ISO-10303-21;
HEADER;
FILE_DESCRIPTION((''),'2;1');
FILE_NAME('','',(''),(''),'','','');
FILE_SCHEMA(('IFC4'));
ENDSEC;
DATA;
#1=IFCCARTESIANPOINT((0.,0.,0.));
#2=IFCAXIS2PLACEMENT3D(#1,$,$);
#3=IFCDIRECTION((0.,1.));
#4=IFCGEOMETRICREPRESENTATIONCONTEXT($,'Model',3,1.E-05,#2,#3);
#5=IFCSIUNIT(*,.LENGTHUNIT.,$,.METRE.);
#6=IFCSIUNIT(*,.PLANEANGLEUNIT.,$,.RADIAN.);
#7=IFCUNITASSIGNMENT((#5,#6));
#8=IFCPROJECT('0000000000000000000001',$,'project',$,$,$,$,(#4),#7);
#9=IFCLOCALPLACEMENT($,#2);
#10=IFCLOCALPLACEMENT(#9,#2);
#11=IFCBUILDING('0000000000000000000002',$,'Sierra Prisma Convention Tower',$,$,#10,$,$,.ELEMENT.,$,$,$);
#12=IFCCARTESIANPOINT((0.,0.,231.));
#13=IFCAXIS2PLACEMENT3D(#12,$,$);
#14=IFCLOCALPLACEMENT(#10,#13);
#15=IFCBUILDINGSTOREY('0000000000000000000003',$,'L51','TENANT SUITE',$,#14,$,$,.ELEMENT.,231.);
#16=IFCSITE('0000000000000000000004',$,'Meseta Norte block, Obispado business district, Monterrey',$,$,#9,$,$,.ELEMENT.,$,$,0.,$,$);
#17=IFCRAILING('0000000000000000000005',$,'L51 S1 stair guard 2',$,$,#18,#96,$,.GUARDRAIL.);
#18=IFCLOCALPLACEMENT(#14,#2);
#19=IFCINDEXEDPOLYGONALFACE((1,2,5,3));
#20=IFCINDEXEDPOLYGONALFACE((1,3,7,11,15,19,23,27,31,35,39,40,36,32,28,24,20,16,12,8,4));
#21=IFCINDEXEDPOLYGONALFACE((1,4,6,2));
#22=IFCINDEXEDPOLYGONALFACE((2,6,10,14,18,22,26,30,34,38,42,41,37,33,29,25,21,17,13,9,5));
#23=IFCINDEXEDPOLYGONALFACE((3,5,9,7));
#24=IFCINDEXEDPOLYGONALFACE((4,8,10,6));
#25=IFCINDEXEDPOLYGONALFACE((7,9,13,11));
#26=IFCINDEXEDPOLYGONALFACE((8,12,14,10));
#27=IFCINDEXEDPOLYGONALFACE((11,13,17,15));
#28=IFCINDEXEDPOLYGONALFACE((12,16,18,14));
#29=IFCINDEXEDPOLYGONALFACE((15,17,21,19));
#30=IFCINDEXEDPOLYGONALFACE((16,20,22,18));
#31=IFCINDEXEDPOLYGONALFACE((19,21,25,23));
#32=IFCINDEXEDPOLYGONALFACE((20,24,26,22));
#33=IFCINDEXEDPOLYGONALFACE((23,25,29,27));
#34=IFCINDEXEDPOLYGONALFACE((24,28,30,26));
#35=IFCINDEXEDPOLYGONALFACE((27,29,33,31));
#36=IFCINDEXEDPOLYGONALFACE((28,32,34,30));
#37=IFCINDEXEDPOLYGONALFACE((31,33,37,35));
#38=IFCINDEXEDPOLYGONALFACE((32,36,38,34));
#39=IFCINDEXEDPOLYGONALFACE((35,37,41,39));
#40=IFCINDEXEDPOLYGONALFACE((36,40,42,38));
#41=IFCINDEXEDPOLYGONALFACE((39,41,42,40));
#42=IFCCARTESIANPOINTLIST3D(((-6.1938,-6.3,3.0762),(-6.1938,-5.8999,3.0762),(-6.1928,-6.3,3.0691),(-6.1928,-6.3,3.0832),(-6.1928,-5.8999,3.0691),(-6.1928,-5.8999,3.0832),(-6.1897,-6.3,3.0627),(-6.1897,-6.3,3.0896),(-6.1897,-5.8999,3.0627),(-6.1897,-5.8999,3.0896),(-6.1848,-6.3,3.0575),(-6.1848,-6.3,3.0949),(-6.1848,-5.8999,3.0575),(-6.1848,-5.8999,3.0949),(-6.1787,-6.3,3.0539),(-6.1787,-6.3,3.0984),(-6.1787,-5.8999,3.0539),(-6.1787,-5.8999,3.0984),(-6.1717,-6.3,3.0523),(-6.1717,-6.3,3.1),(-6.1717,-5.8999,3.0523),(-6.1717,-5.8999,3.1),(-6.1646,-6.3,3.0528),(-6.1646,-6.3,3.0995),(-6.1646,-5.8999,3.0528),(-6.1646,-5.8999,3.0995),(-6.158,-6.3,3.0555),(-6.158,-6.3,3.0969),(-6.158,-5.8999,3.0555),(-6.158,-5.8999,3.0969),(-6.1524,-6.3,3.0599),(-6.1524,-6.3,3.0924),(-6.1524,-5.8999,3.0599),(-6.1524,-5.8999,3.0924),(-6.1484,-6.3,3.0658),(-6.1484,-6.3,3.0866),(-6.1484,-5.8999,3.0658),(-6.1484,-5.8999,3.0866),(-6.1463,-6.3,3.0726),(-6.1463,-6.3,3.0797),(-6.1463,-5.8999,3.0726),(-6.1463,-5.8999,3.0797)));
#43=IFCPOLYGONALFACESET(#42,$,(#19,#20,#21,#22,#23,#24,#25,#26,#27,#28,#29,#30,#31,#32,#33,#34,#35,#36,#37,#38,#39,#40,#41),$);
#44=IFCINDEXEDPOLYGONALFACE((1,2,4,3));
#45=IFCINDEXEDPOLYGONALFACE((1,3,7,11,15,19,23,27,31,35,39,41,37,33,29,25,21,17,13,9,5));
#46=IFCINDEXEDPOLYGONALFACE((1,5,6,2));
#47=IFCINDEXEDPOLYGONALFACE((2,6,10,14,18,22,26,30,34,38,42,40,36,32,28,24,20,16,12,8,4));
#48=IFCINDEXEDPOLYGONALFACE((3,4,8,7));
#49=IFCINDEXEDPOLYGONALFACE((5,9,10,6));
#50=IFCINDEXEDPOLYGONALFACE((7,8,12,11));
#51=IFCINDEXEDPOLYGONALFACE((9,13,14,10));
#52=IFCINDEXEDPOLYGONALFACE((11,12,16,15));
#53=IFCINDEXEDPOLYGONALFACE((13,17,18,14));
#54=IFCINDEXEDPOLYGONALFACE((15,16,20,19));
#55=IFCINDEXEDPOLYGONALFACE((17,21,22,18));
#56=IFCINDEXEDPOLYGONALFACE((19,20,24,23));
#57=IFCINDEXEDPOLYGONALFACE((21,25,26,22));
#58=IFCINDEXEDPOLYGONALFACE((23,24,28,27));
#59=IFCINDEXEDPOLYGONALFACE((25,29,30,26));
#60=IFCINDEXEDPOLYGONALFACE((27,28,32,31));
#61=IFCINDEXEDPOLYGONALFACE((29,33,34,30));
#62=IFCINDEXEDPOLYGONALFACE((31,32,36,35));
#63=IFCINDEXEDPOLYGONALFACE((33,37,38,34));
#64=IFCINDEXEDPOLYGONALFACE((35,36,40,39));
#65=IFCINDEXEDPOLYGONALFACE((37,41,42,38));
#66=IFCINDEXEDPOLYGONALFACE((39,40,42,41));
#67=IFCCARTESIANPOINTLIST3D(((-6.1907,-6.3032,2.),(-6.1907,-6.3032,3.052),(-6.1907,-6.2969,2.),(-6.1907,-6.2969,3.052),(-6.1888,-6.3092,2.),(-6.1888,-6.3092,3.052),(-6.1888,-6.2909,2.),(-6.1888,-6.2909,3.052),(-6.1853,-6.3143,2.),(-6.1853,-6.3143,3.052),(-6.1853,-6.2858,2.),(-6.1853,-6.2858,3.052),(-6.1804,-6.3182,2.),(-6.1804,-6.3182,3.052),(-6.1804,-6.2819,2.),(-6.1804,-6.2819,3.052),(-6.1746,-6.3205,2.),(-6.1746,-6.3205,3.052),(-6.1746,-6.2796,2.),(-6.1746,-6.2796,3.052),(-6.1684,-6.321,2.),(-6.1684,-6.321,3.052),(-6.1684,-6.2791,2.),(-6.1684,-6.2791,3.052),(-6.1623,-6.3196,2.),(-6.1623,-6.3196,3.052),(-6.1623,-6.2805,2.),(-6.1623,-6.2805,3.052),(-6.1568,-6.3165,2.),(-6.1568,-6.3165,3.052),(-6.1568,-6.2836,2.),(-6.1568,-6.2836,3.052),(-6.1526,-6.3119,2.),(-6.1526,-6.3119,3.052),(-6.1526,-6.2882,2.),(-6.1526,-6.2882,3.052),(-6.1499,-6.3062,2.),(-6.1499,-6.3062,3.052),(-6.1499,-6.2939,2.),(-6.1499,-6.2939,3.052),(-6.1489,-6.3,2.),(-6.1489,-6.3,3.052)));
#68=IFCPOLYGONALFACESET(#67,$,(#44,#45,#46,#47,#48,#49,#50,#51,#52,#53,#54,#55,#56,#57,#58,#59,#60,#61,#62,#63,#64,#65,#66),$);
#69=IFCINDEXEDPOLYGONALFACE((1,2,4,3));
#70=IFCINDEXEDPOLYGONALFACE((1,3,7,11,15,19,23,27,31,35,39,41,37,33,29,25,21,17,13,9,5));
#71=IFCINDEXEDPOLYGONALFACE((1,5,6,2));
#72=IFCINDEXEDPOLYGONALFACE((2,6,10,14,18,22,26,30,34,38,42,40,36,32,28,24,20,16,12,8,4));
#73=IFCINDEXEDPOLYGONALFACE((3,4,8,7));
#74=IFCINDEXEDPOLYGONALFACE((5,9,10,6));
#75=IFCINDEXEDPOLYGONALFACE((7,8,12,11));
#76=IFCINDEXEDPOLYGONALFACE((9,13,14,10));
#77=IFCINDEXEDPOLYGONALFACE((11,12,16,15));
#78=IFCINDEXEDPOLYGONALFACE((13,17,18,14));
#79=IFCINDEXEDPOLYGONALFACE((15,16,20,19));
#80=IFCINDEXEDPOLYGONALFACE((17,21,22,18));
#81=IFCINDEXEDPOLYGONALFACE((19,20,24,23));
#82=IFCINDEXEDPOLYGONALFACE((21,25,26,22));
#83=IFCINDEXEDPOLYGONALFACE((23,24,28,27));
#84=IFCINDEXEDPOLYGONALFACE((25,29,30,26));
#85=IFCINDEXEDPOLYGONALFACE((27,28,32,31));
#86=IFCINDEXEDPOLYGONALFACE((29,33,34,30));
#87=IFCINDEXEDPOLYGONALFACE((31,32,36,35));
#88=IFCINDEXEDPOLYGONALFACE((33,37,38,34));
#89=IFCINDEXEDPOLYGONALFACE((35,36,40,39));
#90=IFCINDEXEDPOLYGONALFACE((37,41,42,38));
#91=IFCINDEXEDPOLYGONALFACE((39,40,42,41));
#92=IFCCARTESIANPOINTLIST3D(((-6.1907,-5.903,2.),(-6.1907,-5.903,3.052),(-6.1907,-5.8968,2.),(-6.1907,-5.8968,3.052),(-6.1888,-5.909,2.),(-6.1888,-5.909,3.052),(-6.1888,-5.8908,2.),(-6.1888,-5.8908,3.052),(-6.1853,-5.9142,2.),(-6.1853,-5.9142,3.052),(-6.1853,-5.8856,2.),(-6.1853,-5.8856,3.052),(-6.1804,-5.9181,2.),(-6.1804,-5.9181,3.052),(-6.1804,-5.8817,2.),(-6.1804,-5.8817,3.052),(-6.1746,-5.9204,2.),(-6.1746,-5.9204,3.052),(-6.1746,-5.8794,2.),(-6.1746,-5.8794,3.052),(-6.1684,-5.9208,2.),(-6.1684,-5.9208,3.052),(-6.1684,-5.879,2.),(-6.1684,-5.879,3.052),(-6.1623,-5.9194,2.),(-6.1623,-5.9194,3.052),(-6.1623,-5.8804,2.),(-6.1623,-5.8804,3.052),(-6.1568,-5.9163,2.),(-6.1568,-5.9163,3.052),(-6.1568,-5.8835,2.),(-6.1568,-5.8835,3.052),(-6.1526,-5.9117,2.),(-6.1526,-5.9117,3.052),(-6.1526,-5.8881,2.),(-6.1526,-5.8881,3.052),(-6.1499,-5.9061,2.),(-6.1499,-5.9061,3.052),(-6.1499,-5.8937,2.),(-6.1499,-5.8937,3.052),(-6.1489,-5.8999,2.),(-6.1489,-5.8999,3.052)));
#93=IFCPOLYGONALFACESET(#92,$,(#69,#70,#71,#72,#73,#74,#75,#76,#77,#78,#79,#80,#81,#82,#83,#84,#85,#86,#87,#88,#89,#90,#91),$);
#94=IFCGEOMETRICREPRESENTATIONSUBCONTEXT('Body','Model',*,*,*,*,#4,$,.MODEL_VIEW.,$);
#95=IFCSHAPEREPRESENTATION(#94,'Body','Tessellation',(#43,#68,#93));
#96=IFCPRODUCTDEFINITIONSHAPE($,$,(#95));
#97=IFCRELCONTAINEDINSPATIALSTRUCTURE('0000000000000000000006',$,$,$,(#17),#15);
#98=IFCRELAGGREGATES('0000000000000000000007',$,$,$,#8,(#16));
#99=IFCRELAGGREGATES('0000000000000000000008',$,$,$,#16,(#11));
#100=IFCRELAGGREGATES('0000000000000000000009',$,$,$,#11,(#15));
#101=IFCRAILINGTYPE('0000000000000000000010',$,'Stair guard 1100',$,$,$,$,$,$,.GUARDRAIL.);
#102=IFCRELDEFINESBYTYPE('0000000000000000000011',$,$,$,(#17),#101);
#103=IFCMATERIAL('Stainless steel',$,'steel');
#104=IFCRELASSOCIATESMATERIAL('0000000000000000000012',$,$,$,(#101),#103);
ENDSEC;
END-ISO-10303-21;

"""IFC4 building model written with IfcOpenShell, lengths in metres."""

from ifc_helpers import new_model, si_unit, direction, frame, origin, origin_2d, place, context, subcontext, project, spatial, circle, extrude, material, type_object, element, save


model = new_model("IFC4")

# Units and contexts
model_context = context("Model", 3, precision=1e-05, world=origin(), true_north=direction((0.0, 1.0)))
body_context = subcontext(model_context, "Body", "Model", "MODEL_VIEW")
ifc_project = project(units=[si_unit("LENGTHUNIT", "METRE"), si_unit("PLANEANGLEUNIT", "RADIAN")], contexts=[model_context])

# Site, building, storey
site_placement = place(None, origin())
site = spatial("IfcSite", under=ifc_project, at=site_placement, Name="Meseta Norte block, Obispado business district, Monterrey", CompositionType="ELEMENT", RefElevation=0.0)
building_placement = place(site_placement, origin())
building = spatial("IfcBuilding", under=site, at=building_placement, Name="Sierra Prisma Convention Tower", CompositionType="ELEMENT")
storey_placement = place(building_placement, frame((0.0, 0.0, 231.0)))
storey = spatial("IfcBuildingStorey", under=building, at=storey_placement, Name="L51", Description="TENANT SUITE", CompositionType="ELEMENT", Elevation=231.0)

# Railing
ifc_material_1 = material(Name="Stainless steel", Category="steel")
railing_type_1 = type_object("IfcRailingType", Name="Stair guard 1100", PredefinedType="GUARDRAIL", material=ifc_material_1)
railing_1_placement = place(storey_placement, frame((-6.1699, -6.3, 2.0)))
element("IfcRailing", 1, at=railing_1_placement, inside=storey, type_object=railing_type_1, Name="L51 S1 stair guard 2", PredefinedType="GUARDRAIL", context=body_context, shape_type="SweptSolid", body=[
    extrude(circle(Radius=0.0239, at=origin_2d()), frame((0.0, 0.0, 1.0762), z_axis=(0.0, 1.0, 0.0), x_axis=(-1.0, 0.0, 0.0)), (0.0, 0.0, 1.0), 0.4001),
    extrude(circle(Radius=0.021, at=origin_2d()), origin(), (0.0, 0.0, 1.0), 1.052),
    extrude(circle(Radius=0.021, at=origin_2d()), frame((0.0, 0.4001, 0.0)), (0.0, 0.0, 1.0), 1.052),
])

save(model, "model.ifc")
